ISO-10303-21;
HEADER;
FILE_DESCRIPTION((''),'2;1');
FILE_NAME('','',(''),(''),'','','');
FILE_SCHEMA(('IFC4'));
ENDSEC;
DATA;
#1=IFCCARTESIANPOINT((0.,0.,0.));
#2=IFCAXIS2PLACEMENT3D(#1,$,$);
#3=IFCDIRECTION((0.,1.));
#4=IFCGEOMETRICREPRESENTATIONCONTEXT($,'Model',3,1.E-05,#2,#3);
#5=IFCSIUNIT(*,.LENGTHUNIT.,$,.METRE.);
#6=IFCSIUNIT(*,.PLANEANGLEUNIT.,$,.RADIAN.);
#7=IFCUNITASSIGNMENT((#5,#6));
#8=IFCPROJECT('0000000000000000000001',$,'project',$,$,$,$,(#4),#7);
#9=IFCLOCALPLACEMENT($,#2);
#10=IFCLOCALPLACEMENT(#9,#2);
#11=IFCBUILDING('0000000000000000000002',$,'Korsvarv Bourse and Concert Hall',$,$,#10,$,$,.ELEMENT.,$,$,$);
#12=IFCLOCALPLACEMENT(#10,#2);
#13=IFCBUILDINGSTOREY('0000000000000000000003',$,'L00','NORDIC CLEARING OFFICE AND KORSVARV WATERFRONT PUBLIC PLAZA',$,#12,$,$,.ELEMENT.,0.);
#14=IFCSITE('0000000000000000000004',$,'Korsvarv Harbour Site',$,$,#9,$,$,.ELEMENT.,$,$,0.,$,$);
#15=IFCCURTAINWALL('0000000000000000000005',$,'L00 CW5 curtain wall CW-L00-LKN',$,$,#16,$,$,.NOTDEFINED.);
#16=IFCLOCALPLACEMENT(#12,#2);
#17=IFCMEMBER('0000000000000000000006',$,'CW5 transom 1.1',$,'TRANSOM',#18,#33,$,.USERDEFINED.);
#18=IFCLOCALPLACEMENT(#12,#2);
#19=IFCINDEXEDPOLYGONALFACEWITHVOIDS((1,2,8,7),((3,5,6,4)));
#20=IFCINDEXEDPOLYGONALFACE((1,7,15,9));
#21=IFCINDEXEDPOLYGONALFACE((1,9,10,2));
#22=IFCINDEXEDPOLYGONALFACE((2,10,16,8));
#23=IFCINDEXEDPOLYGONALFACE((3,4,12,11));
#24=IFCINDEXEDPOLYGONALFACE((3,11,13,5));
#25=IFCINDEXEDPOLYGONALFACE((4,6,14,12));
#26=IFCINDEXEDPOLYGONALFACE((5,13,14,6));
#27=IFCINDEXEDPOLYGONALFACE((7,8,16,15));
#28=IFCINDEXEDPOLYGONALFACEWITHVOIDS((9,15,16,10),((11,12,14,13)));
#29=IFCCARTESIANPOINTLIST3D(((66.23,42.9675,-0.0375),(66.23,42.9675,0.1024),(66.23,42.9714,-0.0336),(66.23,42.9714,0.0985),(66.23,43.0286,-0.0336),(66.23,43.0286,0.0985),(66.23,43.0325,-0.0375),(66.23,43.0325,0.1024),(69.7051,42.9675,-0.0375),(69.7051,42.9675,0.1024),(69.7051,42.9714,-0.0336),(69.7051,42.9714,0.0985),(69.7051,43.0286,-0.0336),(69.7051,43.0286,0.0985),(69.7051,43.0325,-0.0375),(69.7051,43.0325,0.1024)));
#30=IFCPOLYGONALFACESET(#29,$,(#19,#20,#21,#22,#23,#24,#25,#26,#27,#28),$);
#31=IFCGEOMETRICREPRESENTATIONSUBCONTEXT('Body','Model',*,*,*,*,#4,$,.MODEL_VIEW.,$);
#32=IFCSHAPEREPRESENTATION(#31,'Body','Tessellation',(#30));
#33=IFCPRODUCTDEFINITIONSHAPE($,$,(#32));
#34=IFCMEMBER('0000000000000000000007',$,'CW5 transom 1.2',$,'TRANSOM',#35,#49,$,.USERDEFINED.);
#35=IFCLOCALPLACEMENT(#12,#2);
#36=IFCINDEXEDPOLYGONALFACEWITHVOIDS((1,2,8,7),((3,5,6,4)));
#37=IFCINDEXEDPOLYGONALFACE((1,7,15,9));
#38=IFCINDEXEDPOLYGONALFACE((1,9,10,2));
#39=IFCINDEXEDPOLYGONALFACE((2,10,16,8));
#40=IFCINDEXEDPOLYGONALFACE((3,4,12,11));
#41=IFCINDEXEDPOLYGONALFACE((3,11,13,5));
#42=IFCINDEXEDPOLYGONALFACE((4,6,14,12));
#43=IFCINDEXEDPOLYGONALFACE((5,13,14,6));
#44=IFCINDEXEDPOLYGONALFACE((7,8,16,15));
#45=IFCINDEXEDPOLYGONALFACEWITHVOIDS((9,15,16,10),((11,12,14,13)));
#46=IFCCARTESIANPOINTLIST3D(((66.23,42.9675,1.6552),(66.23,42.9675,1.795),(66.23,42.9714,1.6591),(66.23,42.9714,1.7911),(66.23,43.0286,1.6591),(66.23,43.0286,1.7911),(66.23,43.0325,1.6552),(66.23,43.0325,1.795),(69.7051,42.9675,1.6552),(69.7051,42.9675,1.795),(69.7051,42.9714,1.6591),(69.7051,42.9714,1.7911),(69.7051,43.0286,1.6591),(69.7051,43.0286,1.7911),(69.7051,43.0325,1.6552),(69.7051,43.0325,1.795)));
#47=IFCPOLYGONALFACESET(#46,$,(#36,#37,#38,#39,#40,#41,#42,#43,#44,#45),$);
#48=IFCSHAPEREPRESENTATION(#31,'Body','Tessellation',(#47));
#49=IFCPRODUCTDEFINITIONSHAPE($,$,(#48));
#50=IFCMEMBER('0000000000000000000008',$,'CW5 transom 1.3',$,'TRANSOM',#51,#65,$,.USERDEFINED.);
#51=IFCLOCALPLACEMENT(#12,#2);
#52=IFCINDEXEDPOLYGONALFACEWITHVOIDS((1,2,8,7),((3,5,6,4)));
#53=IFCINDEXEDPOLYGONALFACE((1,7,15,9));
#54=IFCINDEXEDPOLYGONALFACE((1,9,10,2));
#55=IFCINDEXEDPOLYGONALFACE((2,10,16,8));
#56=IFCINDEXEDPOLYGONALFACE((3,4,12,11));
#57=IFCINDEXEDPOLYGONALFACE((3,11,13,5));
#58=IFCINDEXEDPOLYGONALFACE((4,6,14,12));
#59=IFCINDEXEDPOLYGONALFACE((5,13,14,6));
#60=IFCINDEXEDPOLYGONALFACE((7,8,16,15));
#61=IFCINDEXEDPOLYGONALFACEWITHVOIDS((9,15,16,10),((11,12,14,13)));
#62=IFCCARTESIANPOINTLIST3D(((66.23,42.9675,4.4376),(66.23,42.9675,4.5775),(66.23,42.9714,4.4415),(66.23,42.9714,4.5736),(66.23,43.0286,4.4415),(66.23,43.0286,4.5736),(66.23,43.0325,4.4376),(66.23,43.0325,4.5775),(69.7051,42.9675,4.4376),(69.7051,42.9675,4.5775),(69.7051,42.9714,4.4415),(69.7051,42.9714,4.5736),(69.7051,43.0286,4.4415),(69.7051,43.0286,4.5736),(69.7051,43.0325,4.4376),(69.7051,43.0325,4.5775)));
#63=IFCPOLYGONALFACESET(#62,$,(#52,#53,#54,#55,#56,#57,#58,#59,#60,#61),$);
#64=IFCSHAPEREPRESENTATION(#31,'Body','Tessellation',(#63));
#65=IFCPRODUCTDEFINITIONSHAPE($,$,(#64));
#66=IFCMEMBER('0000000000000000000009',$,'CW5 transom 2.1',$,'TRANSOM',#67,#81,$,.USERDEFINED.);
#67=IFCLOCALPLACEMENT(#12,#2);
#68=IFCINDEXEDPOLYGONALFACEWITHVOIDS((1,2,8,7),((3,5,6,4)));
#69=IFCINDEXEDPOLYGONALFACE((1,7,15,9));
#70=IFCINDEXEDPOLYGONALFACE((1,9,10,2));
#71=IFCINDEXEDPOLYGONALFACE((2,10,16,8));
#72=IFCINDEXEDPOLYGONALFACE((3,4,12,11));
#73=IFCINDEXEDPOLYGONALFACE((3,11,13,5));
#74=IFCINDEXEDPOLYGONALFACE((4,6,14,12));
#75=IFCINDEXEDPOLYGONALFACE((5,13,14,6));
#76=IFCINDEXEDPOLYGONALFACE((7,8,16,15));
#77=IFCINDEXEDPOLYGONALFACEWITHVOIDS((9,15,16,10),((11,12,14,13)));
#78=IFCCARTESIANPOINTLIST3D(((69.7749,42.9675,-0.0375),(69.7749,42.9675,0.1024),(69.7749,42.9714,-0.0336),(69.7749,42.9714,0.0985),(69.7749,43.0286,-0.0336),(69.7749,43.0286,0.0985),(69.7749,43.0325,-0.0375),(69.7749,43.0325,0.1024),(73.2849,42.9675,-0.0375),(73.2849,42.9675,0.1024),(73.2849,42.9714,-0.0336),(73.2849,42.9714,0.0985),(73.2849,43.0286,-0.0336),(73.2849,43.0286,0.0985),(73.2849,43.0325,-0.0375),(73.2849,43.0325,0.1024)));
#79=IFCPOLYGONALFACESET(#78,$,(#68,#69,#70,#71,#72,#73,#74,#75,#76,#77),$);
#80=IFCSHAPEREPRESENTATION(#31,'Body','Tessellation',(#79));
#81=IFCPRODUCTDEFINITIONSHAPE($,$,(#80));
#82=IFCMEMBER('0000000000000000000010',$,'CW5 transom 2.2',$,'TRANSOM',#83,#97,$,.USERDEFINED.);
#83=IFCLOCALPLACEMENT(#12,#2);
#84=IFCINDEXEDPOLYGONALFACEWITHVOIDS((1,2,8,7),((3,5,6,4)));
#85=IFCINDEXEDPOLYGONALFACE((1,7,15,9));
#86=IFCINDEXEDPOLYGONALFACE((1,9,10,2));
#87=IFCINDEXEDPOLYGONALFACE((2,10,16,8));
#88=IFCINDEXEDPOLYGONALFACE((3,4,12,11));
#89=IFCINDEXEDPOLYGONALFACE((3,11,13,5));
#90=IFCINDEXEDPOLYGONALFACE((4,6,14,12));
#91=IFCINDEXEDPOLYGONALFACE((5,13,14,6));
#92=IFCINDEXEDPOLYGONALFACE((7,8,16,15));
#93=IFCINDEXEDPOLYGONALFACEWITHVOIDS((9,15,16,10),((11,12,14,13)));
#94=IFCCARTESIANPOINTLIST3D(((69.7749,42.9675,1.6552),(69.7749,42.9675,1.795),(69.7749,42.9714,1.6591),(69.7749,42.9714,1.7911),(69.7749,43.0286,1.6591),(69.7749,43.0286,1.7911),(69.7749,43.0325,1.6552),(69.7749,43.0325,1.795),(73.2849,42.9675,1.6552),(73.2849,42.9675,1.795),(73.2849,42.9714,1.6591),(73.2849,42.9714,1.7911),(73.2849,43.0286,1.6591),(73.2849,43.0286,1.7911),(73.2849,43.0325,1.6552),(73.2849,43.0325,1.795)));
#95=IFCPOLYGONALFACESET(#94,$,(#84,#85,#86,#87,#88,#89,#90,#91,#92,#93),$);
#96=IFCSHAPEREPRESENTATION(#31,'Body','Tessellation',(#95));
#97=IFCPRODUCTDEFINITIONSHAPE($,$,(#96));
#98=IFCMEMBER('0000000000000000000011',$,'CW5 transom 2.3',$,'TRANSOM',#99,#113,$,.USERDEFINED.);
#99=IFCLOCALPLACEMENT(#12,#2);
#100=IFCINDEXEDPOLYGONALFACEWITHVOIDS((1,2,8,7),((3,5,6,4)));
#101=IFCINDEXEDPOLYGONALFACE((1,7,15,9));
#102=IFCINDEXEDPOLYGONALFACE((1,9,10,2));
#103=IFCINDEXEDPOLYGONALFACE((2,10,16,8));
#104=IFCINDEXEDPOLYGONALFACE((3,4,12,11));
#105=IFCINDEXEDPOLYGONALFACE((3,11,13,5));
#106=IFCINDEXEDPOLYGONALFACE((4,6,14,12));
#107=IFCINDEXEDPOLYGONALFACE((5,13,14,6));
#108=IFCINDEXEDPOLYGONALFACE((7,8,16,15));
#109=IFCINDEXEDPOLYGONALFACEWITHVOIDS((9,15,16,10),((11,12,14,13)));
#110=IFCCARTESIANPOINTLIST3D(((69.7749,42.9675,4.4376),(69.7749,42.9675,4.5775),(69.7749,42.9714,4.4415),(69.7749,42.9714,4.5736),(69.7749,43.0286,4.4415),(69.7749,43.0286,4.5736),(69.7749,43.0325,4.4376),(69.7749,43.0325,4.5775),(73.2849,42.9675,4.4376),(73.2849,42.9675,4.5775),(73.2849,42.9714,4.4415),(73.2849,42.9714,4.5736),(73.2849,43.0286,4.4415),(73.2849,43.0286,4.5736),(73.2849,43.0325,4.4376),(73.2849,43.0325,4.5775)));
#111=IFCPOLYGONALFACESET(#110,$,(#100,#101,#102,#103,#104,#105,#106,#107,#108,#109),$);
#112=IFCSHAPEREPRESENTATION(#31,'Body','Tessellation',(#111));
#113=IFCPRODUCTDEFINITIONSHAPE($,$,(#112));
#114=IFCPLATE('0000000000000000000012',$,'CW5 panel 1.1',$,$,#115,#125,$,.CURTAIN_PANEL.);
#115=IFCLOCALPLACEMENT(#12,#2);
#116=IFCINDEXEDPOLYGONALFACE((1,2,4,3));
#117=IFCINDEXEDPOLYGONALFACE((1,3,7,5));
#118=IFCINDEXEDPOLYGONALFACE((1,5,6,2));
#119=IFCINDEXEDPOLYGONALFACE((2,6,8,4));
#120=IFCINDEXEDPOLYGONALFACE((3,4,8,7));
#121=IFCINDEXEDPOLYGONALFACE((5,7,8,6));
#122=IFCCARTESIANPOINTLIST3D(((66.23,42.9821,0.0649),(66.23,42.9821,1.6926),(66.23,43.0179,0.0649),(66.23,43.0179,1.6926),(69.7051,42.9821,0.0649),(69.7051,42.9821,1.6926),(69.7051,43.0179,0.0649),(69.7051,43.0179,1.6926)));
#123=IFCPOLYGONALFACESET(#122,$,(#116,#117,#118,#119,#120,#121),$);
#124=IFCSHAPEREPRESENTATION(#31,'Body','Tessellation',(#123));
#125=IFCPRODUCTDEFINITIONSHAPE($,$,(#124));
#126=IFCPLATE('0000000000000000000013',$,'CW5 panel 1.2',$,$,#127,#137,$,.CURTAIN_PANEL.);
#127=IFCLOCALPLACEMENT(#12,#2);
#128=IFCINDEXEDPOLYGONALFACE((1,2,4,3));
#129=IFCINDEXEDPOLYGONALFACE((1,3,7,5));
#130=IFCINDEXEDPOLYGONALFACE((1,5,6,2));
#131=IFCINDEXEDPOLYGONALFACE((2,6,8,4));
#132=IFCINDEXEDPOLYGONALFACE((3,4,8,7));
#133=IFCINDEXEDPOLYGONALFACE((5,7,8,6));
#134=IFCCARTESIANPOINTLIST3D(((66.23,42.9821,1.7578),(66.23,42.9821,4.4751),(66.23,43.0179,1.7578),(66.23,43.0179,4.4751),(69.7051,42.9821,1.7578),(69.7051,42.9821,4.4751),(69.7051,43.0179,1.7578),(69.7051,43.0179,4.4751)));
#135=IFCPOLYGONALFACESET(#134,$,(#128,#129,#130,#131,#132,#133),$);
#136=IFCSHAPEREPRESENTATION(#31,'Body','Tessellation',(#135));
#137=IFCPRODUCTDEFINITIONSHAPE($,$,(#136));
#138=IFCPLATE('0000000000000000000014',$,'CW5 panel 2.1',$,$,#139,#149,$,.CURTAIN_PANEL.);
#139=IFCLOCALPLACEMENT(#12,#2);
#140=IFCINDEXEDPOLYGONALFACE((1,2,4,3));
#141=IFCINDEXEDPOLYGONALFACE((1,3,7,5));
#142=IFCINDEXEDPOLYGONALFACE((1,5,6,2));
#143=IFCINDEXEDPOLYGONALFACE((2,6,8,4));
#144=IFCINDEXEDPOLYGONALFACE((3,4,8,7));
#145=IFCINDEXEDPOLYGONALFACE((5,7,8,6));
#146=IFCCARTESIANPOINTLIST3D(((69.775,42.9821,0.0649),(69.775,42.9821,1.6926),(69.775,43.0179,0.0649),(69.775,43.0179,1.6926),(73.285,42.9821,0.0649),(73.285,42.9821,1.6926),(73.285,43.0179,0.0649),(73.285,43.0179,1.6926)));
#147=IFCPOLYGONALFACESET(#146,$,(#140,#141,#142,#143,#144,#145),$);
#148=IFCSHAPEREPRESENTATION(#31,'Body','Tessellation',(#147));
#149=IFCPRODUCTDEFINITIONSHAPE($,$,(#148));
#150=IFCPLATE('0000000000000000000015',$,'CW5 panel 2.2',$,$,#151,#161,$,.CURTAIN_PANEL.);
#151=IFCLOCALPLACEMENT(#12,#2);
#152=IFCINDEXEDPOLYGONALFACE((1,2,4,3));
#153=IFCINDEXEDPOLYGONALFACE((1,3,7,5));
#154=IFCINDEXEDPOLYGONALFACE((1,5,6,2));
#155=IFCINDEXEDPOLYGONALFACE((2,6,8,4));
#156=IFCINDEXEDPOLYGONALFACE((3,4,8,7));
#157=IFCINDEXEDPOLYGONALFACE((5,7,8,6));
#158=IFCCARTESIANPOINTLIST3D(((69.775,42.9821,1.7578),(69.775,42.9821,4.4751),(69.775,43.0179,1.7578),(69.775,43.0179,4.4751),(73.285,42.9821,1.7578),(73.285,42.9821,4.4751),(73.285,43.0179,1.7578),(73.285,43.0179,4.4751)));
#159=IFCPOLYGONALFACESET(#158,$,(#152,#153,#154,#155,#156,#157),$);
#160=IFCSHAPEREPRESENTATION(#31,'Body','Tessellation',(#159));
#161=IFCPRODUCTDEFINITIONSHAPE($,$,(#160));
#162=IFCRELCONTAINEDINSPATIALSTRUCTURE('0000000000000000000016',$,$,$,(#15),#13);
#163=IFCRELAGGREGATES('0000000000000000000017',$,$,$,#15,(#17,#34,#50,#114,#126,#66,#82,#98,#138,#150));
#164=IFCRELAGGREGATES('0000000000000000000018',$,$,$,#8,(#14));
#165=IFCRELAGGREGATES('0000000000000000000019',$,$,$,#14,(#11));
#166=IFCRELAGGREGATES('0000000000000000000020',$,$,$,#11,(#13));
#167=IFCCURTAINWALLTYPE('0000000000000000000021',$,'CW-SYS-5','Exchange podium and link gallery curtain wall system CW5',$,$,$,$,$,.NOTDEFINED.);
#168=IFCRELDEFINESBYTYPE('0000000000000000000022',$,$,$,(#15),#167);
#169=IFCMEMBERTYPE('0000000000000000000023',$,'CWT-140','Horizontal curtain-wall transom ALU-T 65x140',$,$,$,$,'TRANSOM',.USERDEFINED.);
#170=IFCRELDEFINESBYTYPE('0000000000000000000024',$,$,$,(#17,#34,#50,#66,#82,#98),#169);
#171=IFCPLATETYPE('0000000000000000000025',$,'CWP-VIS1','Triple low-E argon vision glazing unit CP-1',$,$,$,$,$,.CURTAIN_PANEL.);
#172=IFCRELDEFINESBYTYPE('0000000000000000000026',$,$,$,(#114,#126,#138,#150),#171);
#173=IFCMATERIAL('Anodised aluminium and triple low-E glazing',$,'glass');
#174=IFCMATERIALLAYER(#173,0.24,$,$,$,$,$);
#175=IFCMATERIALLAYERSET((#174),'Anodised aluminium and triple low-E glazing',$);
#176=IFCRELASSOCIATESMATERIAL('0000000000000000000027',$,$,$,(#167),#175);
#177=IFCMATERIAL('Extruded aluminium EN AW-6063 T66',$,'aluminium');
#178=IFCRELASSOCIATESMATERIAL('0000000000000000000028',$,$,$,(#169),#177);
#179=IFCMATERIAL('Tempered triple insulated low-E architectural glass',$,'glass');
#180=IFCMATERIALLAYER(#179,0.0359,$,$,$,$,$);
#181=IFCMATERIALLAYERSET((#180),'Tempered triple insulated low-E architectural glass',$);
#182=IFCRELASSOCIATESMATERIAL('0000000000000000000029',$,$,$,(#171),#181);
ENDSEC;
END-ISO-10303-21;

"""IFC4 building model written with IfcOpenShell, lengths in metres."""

from ifc_helpers import new_model, si_unit, direction, frame, origin, origin_2d, place, context, subcontext, project, spatial, rectangle, hollow_rectangle, extrude, source, transform, mapped, material, layer, layer_set, material_profile, profile_set, type_object, element, aggregate, save


model = new_model("IFC4")

# Units and contexts
model_context = context("Model", 3, precision=1e-05, world=origin(), true_north=direction((0.0, 1.0)))
body_context = subcontext(model_context, "Body", "Model", "MODEL_VIEW")
ifc_project = project(units=[si_unit("LENGTHUNIT", "METRE"), si_unit("PLANEANGLEUNIT", "RADIAN")], contexts=[model_context])

# Site, building, storey
site_placement = place(None, origin())
site = spatial("IfcSite", under=ifc_project, at=site_placement, Name="Korsvarv Harbour Site", CompositionType="ELEMENT", RefElevation=0.0)
building_placement = place(site_placement, origin())
building = spatial("IfcBuilding", under=site, at=building_placement, Name="Korsvarv Bourse and Concert Hall", CompositionType="ELEMENT")
storey_placement = place(building_placement, origin())
storey = spatial("IfcBuildingStorey", under=building, at=storey_placement, Name="L00", Description="NORDIC CLEARING OFFICE AND KORSVARV WATERFRONT PUBLIC PLAZA", CompositionType="ELEMENT", Elevation=0.0)

# Curtain wall, members, plates
ifc_material_1 = material(Name="Anodised aluminium and triple low-E glazing", Category="glass")
ifc_layer_1 = layer(ifc_material_1, 0.24)
ifc_layer_set_1 = layer_set([ifc_layer_1], Name="Anodised aluminium and triple low-E glazing")
curtain_wall_type = type_object("IfcCurtainWallType", Name="CW-SYS-5", Description="Exchange podium and link gallery curtain wall system CW5", PredefinedType="NOTDEFINED", material=ifc_layer_set_1)
curtain_wall_placement = place(storey_placement, origin())
curtain_wall = element("IfcCurtainWall", 1, at=curtain_wall_placement, inside=storey, type_object=curtain_wall_type, Name="L00 CW5 curtain wall CW-L00-LKN", PredefinedType="NOTDEFINED")
ifc_material_2 = material(Name="Extruded aluminium EN AW-6063 T66", Category="aluminium")
ifc_material_profile_1 = material_profile(ifc_material_2, hollow_rectangle(XDim=0.0649, YDim=0.1399, WallThickness=0.0039, at=origin_2d()), Name="ALU-T 65x140")
ifc_profile_set_1 = profile_set([ifc_material_profile_1], Name="Extruded aluminium EN AW-6063 T66")
member_type_1 = type_object("IfcMemberType", Name="CWT-140", Description="Horizontal curtain-wall transom ALU-T 65x140", ElementType="TRANSOM", PredefinedType="USERDEFINED", material=ifc_profile_set_1)
shared_shape_1 = source(origin(), body_context, "Body", "SweptSolid", [
    extrude(hollow_rectangle(XDim=0.0649, YDim=0.1399, WallThickness=0.0039, at=origin_2d()), origin(), (0.0, 0.0, 1.0), 3.4751),
])
member_1_placement = place(storey_placement, frame((66.23, 43.0, 0.0325), z_axis=(1.0, 0.0, 0.0), x_axis=(0.0, 1.0, 0.0)))
member_1 = element("IfcMember", 2, at=member_1_placement, type_object=member_type_1, Name="CW5 transom 1.1", ObjectType="TRANSOM", PredefinedType="USERDEFINED", context=body_context, shape_type="MappedRepresentation", body=[
    mapped(shared_shape_1, transform((0.0, 0.0, 0.0), scale=1.0)),
])
member_2_placement = place(storey_placement, frame((66.23, 43.0, 1.7251), z_axis=(1.0, 0.0, 0.0), x_axis=(0.0, 1.0, 0.0)))
member_2 = element("IfcMember", 3, at=member_2_placement, type_object=member_type_1, Name="CW5 transom 1.2", ObjectType="TRANSOM", PredefinedType="USERDEFINED", context=body_context, shape_type="MappedRepresentation", body=[
    mapped(shared_shape_1, transform((0.0, 0.0, 0.0), scale=1.0)),
])
member_3_placement = place(storey_placement, frame((66.23, 43.0, 4.5076), z_axis=(1.0, 0.0, 0.0), x_axis=(0.0, 1.0, 0.0)))
member_3 = element("IfcMember", 4, at=member_3_placement, type_object=member_type_1, Name="CW5 transom 1.3", ObjectType="TRANSOM", PredefinedType="USERDEFINED", context=body_context, shape_type="MappedRepresentation", body=[
    mapped(shared_shape_1, transform((0.0, 0.0, 0.0), scale=1.0)),
])
shared_shape_2 = source(origin(), body_context, "Body", "SweptSolid", [
    extrude(hollow_rectangle(XDim=0.0649, YDim=0.1399, WallThickness=0.0039, at=origin_2d()), origin(), (0.0, 0.0, 1.0), 3.51),
])
member_4_placement = place(storey_placement, frame((69.7749, 43.0, 0.0325), z_axis=(1.0, 0.0, 0.0), x_axis=(0.0, 1.0, 0.0)))
member_4 = element("IfcMember", 5, at=member_4_placement, type_object=member_type_1, Name="CW5 transom 2.1", ObjectType="TRANSOM", PredefinedType="USERDEFINED", context=body_context, shape_type="MappedRepresentation", body=[
    mapped(shared_shape_2, transform((0.0, 0.0, 0.0), scale=1.0)),
])
member_5_placement = place(storey_placement, frame((69.7749, 43.0, 1.7251), z_axis=(1.0, 0.0, 0.0), x_axis=(0.0, 1.0, 0.0)))
member_5 = element("IfcMember", 6, at=member_5_placement, type_object=member_type_1, Name="CW5 transom 2.2", ObjectType="TRANSOM", PredefinedType="USERDEFINED", context=body_context, shape_type="MappedRepresentation", body=[
    mapped(shared_shape_2, transform((0.0, 0.0, 0.0), scale=1.0)),
])
member_6_placement = place(storey_placement, frame((69.7749, 43.0, 4.5076), z_axis=(1.0, 0.0, 0.0), x_axis=(0.0, 1.0, 0.0)))
member_6 = element("IfcMember", 7, at=member_6_placement, type_object=member_type_1, Name="CW5 transom 2.3", ObjectType="TRANSOM", PredefinedType="USERDEFINED", context=body_context, shape_type="MappedRepresentation", body=[
    mapped(shared_shape_2, transform((0.0, 0.0, 0.0), scale=1.0)),
])
ifc_material_3 = material(Name="Tempered triple insulated low-E architectural glass", Category="glass")
ifc_layer_2 = layer(ifc_material_3, 0.0359)
ifc_layer_set_2 = layer_set([ifc_layer_2], Name="Tempered triple insulated low-E architectural glass")
plate_type = type_object("IfcPlateType", Name="CWP-VIS1", Description="Triple low-E argon vision glazing unit CP-1", PredefinedType="CURTAIN_PANEL", material=ifc_layer_set_2)
shared_shape_3 = source(origin(), body_context, "Body", "SweptSolid", [
    extrude(rectangle(XDim=3.4751, YDim=0.0359, at=origin_2d()), origin(), (0.0, 0.0, 1.0), 1.6277),
])
plate_1_placement = place(storey_placement, frame((67.9675, 43.0, 0.0649), z_axis=(0.0, 0.0, 1.0), x_axis=(1.0, 0.0, 0.0)))
plate_1 = element("IfcPlate", 8, at=plate_1_placement, type_object=plate_type, Name="CW5 panel 1.1", PredefinedType="CURTAIN_PANEL", context=body_context, shape_type="MappedRepresentation", body=[
    mapped(shared_shape_3, transform((0.0, 0.0, 0.0), scale=1.0)),
])
shared_shape_4 = source(origin(), body_context, "Body", "SweptSolid", [
    extrude(rectangle(XDim=3.4751, YDim=0.0359, at=origin_2d()), origin(), (0.0, 0.0, 1.0), 2.7173),
])
plate_2_placement = place(storey_placement, frame((67.9675, 43.0, 1.7578), z_axis=(0.0, 0.0, 1.0), x_axis=(1.0, 0.0, 0.0)))
plate_2 = element("IfcPlate", 9, at=plate_2_placement, type_object=plate_type, Name="CW5 panel 1.2", PredefinedType="CURTAIN_PANEL", context=body_context, shape_type="MappedRepresentation", body=[
    mapped(shared_shape_4, transform((0.0, 0.0, 0.0), scale=1.0)),
])
shared_shape_5 = source(origin(), body_context, "Body", "SweptSolid", [
    extrude(rectangle(XDim=3.51, YDim=0.0359, at=origin_2d()), origin(), (0.0, 0.0, 1.0), 1.6277),
])
plate_3_placement = place(storey_placement, frame((71.53, 43.0, 0.0649), z_axis=(0.0, 0.0, 1.0), x_axis=(1.0, 0.0, 0.0)))
plate_3 = element("IfcPlate", 10, at=plate_3_placement, type_object=plate_type, Name="CW5 panel 2.1", PredefinedType="CURTAIN_PANEL", context=body_context, shape_type="MappedRepresentation", body=[
    mapped(shared_shape_5, transform((0.0, 0.0, 0.0), scale=1.0)),
])
shared_shape_6 = source(origin(), body_context, "Body", "SweptSolid", [
    extrude(rectangle(XDim=3.51, YDim=0.0359, at=origin_2d()), origin(), (0.0, 0.0, 1.0), 2.7173),
])
plate_4_placement = place(storey_placement, frame((71.53, 43.0, 1.7578), z_axis=(0.0, 0.0, 1.0), x_axis=(1.0, 0.0, 0.0)))
plate_4 = element("IfcPlate", 11, at=plate_4_placement, type_object=plate_type, Name="CW5 panel 2.2", PredefinedType="CURTAIN_PANEL", context=body_context, shape_type="MappedRepresentation", body=[
    mapped(shared_shape_6, transform((0.0, 0.0, 0.0), scale=1.0)),
])
aggregate(curtain_wall, [member_1, member_2, member_3, plate_1, plate_2, member_4, member_5, member_6, plate_3, plate_4])

save(model, "model.ifc")
